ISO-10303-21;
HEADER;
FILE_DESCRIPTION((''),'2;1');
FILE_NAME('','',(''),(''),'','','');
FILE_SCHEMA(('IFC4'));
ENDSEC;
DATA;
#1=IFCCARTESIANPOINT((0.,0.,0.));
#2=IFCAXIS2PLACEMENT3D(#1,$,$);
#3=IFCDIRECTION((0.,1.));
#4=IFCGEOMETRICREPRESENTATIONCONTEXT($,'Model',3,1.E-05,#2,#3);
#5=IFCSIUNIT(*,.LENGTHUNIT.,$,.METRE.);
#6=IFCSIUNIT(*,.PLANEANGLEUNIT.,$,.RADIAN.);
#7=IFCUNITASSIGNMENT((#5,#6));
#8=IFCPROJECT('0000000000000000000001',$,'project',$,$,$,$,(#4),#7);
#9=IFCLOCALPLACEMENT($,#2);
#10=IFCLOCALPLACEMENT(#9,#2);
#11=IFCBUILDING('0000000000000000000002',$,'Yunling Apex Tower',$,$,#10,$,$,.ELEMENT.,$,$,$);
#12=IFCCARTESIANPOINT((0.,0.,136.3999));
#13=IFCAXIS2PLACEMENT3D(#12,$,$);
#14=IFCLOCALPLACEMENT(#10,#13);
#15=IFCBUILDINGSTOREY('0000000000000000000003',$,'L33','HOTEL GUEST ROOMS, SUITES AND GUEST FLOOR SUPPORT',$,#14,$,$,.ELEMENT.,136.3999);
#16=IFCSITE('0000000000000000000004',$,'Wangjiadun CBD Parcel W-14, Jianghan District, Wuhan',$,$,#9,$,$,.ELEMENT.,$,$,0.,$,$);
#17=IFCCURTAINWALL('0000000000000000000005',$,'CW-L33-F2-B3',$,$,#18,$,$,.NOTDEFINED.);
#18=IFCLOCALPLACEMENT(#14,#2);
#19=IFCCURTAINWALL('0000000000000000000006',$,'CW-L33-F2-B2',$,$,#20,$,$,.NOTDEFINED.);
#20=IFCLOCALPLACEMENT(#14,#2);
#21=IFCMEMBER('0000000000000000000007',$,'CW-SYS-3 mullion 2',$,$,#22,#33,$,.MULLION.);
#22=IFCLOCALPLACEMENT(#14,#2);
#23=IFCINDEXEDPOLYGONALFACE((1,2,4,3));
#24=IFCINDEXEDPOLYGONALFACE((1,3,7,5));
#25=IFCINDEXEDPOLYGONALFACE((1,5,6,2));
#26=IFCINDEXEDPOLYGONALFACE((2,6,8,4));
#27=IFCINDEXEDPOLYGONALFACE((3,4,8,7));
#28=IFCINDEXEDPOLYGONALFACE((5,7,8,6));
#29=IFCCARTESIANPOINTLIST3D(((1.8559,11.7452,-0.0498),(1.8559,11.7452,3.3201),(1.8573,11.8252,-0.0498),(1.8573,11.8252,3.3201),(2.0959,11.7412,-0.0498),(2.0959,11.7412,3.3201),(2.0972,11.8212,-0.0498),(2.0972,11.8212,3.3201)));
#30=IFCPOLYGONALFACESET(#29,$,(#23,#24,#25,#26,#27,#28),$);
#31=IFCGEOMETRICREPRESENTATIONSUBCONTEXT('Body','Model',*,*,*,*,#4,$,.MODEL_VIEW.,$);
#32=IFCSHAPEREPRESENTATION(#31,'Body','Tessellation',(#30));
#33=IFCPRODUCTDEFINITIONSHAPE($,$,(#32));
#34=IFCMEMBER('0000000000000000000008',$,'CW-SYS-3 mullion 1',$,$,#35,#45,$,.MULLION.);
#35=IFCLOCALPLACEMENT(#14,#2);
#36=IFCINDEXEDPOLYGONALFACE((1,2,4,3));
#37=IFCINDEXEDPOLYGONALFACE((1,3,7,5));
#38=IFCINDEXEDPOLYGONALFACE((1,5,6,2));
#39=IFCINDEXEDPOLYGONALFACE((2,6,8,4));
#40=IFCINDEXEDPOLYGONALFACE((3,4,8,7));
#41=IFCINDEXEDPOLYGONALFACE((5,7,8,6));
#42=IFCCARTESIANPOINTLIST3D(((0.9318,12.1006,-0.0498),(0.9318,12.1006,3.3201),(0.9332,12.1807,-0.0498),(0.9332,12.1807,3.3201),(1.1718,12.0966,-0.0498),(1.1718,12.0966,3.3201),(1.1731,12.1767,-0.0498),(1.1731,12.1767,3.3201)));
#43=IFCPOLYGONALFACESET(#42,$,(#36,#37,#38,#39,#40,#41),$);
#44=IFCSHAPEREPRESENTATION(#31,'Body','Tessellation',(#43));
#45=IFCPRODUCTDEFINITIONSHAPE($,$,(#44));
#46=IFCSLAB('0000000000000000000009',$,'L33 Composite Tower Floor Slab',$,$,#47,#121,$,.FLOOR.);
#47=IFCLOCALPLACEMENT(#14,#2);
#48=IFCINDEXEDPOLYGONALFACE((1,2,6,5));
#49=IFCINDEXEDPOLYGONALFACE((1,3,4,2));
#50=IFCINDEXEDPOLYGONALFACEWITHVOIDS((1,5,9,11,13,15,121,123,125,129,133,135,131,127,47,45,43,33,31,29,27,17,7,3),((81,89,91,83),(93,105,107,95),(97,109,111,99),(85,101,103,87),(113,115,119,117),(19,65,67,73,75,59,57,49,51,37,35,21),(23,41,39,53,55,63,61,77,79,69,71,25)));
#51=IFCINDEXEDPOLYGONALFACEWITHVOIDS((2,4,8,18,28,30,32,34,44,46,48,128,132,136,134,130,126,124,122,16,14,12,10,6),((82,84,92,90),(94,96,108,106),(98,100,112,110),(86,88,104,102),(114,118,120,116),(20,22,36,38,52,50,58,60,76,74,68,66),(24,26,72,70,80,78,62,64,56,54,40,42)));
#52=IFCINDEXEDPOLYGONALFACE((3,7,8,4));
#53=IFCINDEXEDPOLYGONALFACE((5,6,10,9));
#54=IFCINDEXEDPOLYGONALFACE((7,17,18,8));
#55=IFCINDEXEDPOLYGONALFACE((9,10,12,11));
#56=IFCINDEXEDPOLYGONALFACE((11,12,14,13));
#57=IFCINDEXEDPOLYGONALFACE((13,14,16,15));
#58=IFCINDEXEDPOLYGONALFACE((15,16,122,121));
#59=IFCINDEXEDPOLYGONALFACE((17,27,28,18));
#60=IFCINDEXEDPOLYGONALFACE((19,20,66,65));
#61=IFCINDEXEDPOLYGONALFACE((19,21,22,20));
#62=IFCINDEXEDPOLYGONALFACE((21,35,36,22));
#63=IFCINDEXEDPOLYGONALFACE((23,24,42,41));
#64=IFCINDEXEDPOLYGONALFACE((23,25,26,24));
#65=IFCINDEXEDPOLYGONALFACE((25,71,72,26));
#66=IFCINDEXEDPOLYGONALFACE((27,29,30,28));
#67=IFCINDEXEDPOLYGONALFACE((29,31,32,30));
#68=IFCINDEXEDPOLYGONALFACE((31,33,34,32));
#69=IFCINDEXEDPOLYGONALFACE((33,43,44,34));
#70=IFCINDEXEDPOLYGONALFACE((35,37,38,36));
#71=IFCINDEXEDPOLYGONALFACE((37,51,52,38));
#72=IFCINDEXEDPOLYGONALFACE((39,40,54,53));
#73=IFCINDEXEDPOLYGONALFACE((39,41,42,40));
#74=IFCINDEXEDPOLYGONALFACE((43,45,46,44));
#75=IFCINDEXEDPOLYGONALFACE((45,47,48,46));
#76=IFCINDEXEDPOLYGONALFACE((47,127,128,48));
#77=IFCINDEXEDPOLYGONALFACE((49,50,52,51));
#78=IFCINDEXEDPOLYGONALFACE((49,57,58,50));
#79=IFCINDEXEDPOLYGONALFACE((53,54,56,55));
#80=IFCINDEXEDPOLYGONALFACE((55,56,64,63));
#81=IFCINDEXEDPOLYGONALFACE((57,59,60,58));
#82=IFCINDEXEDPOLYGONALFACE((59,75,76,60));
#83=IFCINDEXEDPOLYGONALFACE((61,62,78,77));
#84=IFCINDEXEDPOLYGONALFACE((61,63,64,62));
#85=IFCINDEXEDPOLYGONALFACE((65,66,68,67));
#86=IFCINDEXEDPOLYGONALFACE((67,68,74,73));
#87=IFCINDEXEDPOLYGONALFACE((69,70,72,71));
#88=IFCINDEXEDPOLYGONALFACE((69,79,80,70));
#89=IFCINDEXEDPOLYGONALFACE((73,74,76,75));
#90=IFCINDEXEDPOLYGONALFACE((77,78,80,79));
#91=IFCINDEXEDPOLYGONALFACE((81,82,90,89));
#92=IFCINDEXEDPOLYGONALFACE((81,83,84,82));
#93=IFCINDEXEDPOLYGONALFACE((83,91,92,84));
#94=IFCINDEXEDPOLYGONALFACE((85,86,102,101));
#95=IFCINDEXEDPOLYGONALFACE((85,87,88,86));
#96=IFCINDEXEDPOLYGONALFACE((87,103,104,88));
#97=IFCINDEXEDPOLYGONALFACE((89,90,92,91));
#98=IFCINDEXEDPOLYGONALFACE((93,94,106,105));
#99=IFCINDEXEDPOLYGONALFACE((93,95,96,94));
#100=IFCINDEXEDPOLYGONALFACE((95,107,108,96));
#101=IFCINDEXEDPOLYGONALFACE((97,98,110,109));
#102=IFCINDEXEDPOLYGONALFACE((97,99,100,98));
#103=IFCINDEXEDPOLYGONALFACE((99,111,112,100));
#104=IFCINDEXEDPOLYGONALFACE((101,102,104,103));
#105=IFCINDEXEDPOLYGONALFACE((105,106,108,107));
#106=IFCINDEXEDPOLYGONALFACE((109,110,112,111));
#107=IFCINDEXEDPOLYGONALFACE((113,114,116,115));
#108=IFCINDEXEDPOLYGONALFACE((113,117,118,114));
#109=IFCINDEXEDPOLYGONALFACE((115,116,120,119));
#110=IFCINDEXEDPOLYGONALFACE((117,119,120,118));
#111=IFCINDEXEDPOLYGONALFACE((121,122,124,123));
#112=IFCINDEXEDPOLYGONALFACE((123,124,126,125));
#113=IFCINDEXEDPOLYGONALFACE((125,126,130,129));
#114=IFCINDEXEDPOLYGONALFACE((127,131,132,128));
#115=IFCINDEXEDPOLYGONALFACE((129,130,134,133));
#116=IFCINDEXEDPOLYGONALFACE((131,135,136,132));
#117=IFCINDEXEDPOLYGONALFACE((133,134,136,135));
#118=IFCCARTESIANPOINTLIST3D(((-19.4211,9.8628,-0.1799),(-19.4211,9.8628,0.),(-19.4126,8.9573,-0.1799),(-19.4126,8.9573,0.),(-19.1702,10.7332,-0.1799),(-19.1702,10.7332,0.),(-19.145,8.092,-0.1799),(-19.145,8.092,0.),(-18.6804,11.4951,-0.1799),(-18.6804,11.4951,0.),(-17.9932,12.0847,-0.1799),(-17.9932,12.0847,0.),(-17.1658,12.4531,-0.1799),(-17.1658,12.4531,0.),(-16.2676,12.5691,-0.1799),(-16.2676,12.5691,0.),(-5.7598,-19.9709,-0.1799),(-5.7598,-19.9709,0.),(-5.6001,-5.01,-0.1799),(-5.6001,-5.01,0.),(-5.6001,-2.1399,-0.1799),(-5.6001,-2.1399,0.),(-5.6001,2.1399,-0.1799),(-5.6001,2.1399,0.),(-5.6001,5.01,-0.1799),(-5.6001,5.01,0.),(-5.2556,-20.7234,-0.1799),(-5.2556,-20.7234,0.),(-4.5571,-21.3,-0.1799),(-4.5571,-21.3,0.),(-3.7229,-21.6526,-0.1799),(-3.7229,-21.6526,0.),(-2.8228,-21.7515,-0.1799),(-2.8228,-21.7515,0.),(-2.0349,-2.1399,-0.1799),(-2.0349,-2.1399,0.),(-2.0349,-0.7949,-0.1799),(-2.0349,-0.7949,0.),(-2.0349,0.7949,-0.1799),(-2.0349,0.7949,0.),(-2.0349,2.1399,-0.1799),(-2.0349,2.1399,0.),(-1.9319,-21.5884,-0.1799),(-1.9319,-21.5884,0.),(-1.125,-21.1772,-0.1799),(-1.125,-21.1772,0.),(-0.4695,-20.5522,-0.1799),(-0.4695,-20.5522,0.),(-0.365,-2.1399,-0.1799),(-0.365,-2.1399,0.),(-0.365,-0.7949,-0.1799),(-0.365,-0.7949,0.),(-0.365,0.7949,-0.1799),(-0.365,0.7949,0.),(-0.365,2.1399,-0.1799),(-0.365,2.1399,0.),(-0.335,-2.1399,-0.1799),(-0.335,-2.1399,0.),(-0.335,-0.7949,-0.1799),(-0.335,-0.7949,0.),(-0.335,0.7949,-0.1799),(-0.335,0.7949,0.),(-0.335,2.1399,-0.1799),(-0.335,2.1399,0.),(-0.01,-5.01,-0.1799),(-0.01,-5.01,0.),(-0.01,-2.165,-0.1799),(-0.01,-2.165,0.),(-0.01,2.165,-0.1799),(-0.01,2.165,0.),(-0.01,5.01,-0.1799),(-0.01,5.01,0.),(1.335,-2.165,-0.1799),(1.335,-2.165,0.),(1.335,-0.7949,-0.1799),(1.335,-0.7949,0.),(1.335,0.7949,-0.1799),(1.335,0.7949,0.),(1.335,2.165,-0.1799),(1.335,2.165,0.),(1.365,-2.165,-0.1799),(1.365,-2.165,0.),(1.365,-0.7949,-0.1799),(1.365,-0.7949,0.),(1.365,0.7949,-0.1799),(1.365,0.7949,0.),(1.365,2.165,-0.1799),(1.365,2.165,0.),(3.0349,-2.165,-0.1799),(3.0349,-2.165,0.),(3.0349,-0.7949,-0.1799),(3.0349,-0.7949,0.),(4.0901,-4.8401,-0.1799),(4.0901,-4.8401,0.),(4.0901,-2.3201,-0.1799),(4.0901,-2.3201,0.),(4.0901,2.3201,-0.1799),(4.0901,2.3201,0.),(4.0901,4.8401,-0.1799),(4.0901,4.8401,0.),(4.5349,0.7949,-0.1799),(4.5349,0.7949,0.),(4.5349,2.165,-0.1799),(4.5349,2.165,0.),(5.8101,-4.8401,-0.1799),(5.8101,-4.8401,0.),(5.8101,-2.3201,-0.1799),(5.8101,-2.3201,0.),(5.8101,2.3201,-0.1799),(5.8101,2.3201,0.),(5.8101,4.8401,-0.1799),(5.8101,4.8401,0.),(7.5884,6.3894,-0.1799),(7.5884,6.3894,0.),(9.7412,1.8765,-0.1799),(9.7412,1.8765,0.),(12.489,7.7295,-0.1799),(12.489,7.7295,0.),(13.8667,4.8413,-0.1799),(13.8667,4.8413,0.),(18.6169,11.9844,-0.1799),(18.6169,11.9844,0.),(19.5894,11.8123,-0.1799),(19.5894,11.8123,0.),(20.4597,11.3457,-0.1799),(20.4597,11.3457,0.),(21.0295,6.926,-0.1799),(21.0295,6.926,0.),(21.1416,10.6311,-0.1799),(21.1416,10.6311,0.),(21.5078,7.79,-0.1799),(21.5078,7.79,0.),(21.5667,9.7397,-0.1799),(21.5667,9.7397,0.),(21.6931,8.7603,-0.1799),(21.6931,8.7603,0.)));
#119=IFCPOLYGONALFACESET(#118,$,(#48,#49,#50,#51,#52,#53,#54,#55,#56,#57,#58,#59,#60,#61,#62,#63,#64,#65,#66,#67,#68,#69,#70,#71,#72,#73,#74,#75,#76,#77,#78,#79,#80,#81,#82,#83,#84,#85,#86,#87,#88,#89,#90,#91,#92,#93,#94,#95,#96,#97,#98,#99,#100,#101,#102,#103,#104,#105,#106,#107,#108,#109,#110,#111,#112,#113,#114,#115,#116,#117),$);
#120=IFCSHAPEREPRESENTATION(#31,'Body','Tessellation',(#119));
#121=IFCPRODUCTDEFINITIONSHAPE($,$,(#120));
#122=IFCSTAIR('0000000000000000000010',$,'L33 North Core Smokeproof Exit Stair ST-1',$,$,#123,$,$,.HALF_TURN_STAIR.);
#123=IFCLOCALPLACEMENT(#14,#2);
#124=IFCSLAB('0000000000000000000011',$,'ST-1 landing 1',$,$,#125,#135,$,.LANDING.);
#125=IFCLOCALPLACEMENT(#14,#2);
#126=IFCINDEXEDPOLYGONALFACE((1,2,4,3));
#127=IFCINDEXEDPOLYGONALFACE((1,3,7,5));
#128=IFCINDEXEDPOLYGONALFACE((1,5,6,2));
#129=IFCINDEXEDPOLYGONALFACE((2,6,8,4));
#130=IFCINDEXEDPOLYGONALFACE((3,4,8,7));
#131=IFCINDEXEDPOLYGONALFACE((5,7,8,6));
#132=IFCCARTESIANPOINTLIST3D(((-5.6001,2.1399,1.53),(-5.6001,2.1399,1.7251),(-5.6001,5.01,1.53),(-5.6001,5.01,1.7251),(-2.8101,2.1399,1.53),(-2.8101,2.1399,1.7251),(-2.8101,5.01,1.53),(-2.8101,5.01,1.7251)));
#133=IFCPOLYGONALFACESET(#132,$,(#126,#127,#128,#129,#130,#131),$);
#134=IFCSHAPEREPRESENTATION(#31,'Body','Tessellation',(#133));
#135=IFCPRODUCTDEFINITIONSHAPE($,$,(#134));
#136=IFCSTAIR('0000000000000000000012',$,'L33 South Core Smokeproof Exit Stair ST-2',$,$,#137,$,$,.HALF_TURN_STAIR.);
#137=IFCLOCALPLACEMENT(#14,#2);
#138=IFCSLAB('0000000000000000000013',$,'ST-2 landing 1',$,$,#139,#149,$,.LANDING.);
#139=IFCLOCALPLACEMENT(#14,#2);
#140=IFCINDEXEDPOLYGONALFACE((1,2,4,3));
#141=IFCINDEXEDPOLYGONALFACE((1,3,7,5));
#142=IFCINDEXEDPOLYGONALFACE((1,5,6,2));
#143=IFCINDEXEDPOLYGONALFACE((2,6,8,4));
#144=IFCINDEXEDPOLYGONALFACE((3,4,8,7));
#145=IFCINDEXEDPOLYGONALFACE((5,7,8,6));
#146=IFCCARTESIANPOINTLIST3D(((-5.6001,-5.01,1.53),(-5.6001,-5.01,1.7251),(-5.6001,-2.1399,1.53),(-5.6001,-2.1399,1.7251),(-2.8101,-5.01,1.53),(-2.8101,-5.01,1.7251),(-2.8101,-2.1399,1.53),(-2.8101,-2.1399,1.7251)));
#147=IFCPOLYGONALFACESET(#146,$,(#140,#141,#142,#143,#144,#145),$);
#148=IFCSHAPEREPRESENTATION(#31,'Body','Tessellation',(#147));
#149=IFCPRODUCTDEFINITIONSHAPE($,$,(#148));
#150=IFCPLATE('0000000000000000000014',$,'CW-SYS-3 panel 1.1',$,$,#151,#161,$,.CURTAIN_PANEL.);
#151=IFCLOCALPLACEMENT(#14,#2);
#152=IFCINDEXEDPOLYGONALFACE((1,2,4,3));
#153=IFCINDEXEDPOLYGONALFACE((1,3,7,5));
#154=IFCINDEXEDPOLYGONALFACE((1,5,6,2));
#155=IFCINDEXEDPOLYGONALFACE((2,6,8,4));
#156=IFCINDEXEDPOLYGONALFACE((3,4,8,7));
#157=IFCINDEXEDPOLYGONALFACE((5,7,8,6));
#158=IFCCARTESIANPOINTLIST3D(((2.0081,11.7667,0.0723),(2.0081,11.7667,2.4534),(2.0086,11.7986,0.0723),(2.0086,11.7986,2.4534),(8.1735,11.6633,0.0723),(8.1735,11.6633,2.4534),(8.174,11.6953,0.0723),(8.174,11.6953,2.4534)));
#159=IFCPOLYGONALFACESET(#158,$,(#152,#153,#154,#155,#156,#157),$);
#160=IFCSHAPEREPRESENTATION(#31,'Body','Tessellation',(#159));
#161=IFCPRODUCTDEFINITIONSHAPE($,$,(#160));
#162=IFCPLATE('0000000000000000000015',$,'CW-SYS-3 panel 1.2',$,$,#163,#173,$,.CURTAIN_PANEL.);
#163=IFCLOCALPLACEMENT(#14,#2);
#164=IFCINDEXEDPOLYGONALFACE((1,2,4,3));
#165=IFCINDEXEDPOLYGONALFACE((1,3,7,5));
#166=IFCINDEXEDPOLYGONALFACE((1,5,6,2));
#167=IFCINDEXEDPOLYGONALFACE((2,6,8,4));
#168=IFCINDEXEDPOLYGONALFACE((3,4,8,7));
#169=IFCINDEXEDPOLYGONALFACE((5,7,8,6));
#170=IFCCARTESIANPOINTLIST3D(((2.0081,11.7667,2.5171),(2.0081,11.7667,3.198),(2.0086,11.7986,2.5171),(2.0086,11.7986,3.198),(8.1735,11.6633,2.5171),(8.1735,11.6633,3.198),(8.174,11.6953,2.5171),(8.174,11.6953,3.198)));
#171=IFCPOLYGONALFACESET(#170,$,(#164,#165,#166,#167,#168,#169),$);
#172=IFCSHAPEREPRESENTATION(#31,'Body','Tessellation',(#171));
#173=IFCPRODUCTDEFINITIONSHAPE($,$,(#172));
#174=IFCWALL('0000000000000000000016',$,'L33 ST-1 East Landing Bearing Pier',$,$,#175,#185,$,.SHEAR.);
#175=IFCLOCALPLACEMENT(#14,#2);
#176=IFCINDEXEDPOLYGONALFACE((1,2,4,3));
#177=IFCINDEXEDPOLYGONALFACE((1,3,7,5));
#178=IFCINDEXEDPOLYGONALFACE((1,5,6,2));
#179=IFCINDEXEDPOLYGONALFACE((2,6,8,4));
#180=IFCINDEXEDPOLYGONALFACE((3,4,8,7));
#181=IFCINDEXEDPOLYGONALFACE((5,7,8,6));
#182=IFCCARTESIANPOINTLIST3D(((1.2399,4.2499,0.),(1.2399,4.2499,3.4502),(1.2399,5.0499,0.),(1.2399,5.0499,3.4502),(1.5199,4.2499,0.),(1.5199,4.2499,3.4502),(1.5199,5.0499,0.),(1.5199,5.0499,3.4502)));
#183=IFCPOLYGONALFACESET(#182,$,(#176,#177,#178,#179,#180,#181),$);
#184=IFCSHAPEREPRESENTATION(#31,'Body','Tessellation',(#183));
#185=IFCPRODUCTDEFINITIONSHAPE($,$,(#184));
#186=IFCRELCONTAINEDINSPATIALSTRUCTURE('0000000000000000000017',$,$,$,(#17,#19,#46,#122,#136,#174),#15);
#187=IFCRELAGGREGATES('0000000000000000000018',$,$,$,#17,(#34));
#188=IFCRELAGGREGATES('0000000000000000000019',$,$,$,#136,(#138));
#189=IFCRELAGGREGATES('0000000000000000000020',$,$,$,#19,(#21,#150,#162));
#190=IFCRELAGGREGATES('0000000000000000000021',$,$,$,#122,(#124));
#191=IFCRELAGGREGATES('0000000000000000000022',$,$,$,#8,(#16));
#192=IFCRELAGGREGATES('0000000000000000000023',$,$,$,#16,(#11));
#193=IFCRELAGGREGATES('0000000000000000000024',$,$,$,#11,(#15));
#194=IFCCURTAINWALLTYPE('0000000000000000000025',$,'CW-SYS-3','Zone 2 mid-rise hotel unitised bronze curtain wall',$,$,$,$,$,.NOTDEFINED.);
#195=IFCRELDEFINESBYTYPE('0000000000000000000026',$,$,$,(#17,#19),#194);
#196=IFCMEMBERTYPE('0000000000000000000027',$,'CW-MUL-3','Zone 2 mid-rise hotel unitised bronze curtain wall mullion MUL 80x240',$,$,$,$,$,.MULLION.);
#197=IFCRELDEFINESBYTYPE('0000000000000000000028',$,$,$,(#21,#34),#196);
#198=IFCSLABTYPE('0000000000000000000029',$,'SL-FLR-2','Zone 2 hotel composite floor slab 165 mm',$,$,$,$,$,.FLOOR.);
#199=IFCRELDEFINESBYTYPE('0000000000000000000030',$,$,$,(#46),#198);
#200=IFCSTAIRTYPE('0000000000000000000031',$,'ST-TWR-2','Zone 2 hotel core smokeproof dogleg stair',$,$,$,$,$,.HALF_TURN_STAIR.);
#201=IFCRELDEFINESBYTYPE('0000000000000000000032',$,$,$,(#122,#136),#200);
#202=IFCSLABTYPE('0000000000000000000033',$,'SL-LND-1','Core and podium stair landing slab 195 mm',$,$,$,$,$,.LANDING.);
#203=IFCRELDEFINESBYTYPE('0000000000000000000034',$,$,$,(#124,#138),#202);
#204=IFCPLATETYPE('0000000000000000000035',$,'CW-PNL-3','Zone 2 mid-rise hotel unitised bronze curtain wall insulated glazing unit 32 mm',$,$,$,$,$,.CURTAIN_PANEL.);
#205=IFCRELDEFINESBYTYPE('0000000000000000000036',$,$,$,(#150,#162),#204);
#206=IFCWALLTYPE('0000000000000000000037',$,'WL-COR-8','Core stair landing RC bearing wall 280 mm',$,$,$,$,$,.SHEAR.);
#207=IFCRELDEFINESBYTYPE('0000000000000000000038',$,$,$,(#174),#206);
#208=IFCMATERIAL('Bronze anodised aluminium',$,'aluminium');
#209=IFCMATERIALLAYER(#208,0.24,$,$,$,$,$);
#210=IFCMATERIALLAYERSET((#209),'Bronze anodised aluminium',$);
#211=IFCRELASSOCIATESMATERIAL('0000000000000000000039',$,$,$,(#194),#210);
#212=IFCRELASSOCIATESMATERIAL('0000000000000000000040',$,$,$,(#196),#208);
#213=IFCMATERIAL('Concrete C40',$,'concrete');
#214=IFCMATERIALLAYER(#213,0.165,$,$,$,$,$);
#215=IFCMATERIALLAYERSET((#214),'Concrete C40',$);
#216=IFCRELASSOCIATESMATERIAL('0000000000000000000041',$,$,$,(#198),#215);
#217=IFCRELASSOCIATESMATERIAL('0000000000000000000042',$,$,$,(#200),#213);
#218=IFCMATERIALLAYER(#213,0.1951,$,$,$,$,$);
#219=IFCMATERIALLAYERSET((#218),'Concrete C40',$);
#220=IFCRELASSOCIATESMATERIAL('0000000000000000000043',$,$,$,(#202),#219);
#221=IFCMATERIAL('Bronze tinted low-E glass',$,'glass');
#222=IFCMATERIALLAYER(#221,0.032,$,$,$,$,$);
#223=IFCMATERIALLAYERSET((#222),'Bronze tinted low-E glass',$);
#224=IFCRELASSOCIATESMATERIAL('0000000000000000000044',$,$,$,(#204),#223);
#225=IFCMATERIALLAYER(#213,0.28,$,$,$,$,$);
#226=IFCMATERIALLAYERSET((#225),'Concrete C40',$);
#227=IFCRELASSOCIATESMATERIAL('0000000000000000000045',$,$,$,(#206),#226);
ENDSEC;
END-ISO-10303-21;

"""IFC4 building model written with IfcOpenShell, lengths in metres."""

from ifc_helpers import new_model, si_unit, direction, frame, frame_2d, origin, origin_2d, place, context, subcontext, project, spatial, polyline, rectangle, outline, extrude, source, transform, mapped, material, layer, layer_set, material_profile, profile_set, type_object, element, aggregate, save


model = new_model("IFC4")

# Units and contexts
model_context = context("Model", 3, precision=1e-05, world=origin(), true_north=direction((0.0, 1.0)))
body_context = subcontext(model_context, "Body", "Model", "MODEL_VIEW")
ifc_project = project(units=[si_unit("LENGTHUNIT", "METRE"), si_unit("PLANEANGLEUNIT", "RADIAN")], contexts=[model_context])

# Site, building, storey
site_placement = place(None, origin())
site = spatial("IfcSite", under=ifc_project, at=site_placement, Name="Wangjiadun CBD Parcel W-14, Jianghan District, Wuhan", CompositionType="ELEMENT", RefElevation=0.0)
building_placement = place(site_placement, origin())
building = spatial("IfcBuilding", under=site, at=building_placement, Name="Yunling Apex Tower", CompositionType="ELEMENT")
storey_placement = place(building_placement, frame((0.0, 0.0, 136.3999)))
storey = spatial("IfcBuildingStorey", under=building, at=storey_placement, Name="L33", Description="HOTEL GUEST ROOMS, SUITES AND GUEST FLOOR SUPPORT", CompositionType="ELEMENT", Elevation=136.3999)

# Curtain wall
ifc_material_1 = material(Name="Bronze anodised aluminium", Category="aluminium")
ifc_layer_1 = layer(ifc_material_1, 0.24)
ifc_layer_set_1 = layer_set([ifc_layer_1], Name="Bronze anodised aluminium")
curtain_wall_type = type_object("IfcCurtainWallType", Name="CW-SYS-3", Description="Zone 2 mid-rise hotel unitised bronze curtain wall", PredefinedType="NOTDEFINED", material=ifc_layer_set_1)
curtain_wall_1_placement = place(storey_placement, origin())
curtain_wall_1 = element("IfcCurtainWall", 1, at=curtain_wall_1_placement, inside=storey, type_object=curtain_wall_type, Name="CW-L33-F2-B3", PredefinedType="NOTDEFINED")

# Curtain wall, member
curtain_wall_2_placement = place(storey_placement, origin())
curtain_wall_2 = element("IfcCurtainWall", 2, at=curtain_wall_2_placement, inside=storey, type_object=curtain_wall_type, Name="CW-L33-F2-B2", PredefinedType="NOTDEFINED")
ifc_material_profile_1 = material_profile(ifc_material_1, rectangle(XDim=0.0801, YDim=0.24, at=origin_2d()))
ifc_profile_set_1 = profile_set([ifc_material_profile_1], Name="Bronze anodised aluminium")
member_type_1 = type_object("IfcMemberType", Name="CW-MUL-3", Description="Zone 2 mid-rise hotel unitised bronze curtain wall mullion MUL 80x240", PredefinedType="MULLION", material=ifc_profile_set_1)
shared_shape_1 = source(origin(), body_context, "Body", "SweptSolid", [
    extrude(rectangle(XDim=0.0801, YDim=0.24, at=origin_2d()), origin(), (0.0, 0.0, 1.0), 3.3699),
])
member_1_placement = place(storey_placement, frame((1.9766, 11.7832, -0.0498), z_axis=(0.0, 0.0, 1.0), x_axis=(-0.016767, -0.999859, 0.0)))
member_1 = element("IfcMember", 3, at=member_1_placement, type_object=member_type_1, Name="CW-SYS-3 mullion 2", PredefinedType="MULLION", context=body_context, shape_type="MappedRepresentation", body=[
    mapped(shared_shape_1, transform((0.0, 0.0, 0.0), scale=1.0)),
])

# Member
member_2_placement = place(storey_placement, frame((1.0525, 12.1387, -0.0498), z_axis=(0.0, 0.0, 1.0), x_axis=(-0.016762, -0.99986, 0.0)))
member_2 = element("IfcMember", 4, at=member_2_placement, type_object=member_type_1, Name="CW-SYS-3 mullion 1", PredefinedType="MULLION", context=body_context, shape_type="MappedRepresentation", body=[
    mapped(shared_shape_1, transform((0.0, 0.0, 0.0), scale=1.0)),
])
aggregate(curtain_wall_1, [member_2])

# Slab
ifc_material_2 = material(Name="Concrete C40", Category="concrete")
ifc_layer_2 = layer(ifc_material_2, 0.165)
ifc_layer_set_2 = layer_set([ifc_layer_2], Name="Concrete C40")
slab_type_1 = type_object("IfcSlabType", Name="SL-FLR-2", Description="Zone 2 hotel composite floor slab 165 mm", PredefinedType="FLOOR", material=ifc_layer_set_2)
slab_1_placement = place(storey_placement, frame((0.0, 0.0, -0.1799)))
element("IfcSlab", 5, at=slab_1_placement, inside=storey, type_object=slab_type_1, Name="L33 Composite Tower Floor Slab", PredefinedType="FLOOR", context=body_context, shape_type="SweptSolid", body=[
    extrude(outline(polyline([(-5.7598, -19.9709), (-5.2556, -20.7234), (-4.5571, -21.3), (-3.7229, -21.6526), (-2.8228, -21.7515), (-1.9319, -21.5884), (-1.125, -21.1772), (-0.4695, -20.5522), (21.0295, 6.926), (21.5078, 7.79), (21.6931, 8.7603), (21.5667, 9.7397), (21.1416, 10.6311), (20.4597, 11.3457), (19.5894, 11.8123), (18.6169, 11.9844), (-16.2676, 12.5691), (-17.1658, 12.4531), (-17.9932, 12.0847), (-18.6804, 11.4951), (-19.1702, 10.7332), (-19.4211, 9.8628), (-19.4126, 8.9573), (-19.145, 8.092), (-5.7598, -19.9709)]), holes=[polyline([(12.489, 7.7295), (13.8667, 4.8413), (9.7412, 1.8765), (7.5884, 6.3894), (12.489, 7.7295)]), polyline([(4.0901, -2.3201), (5.8101, -2.3201), (5.8101, -4.8401), (4.0901, -4.8401), (4.0901, -2.3201)]), polyline([(5.8101, 4.8401), (5.8101, 2.3201), (4.0901, 2.3201), (4.0901, 4.8401), (5.8101, 4.8401)]), polyline([(1.365, 2.165), (4.5349, 2.165), (4.5349, 0.7949), (1.365, 0.7949), (1.365, 2.165)]), polyline([(3.0349, -0.7949), (3.0349, -2.165), (1.365, -2.165), (1.365, -0.7949), (3.0349, -0.7949)]), polyline([(-2.0349, -0.7949), (-0.365, -0.7949), (-0.365, -2.1399), (-0.335, -2.1399), (-0.335, -0.7949), (1.335, -0.7949), (1.335, -2.165), (-0.01, -2.165), (-0.01, -5.01), (-5.6001, -5.01), (-5.6001, -2.1399), (-2.0349, -2.1399), (-2.0349, -0.7949)]), polyline([(-5.6001, 2.1399), (-5.6001, 5.01), (-0.01, 5.01), (-0.01, 2.165), (1.335, 2.165), (1.335, 0.7949), (-0.335, 0.7949), (-0.335, 2.1399), (-0.365, 2.1399), (-0.365, 0.7949), (-2.0349, 0.7949), (-2.0349, 2.1399), (-5.6001, 2.1399)])]), origin(), (0.0, 0.0, 1.0), 0.1799),
])

# Stairs, slabs
stair_type = type_object("IfcStairType", Name="ST-TWR-2", Description="Zone 2 hotel core smokeproof dogleg stair", PredefinedType="HALF_TURN_STAIR", material=ifc_material_2)
stair_1_placement = place(storey_placement, origin())
stair_1 = element("IfcStair", 6, at=stair_1_placement, inside=storey, type_object=stair_type, Name="L33 North Core Smokeproof Exit Stair ST-1", PredefinedType="HALF_TURN_STAIR")
ifc_layer_3 = layer(ifc_material_2, 0.1951)
ifc_layer_set_3 = layer_set([ifc_layer_3], Name="Concrete C40")
slab_type_2 = type_object("IfcSlabType", Name="SL-LND-1", Description="Core and podium stair landing slab 195 mm", PredefinedType="LANDING", material=ifc_layer_set_3)
slab_2_placement = place(storey_placement, frame((0.0, 0.0, 1.53)))
slab_2 = element("IfcSlab", 7, at=slab_2_placement, type_object=slab_type_2, Name="ST-1 landing 1", PredefinedType="LANDING", context=body_context, shape_type="SweptSolid", body=[
    extrude(outline(polyline([(-2.8101, 5.01), (-5.6001, 5.01), (-5.6001, 2.1399), (-2.8101, 2.1399), (-2.8101, 5.01)])), origin(), (0.0, 0.0, 1.0), 0.1951),
])
stair_2_placement = place(storey_placement, origin())
stair_2 = element("IfcStair", 8, at=stair_2_placement, inside=storey, type_object=stair_type, Name="L33 South Core Smokeproof Exit Stair ST-2", PredefinedType="HALF_TURN_STAIR")
slab_3_placement = place(storey_placement, frame((0.0, 0.0, 1.53)))
slab_3 = element("IfcSlab", 9, at=slab_3_placement, type_object=slab_type_2, Name="ST-2 landing 1", PredefinedType="LANDING", context=body_context, shape_type="SweptSolid", body=[
    extrude(outline(polyline([(-2.8101, -2.1399), (-5.6001, -2.1399), (-5.6001, -5.01), (-2.8101, -5.01), (-2.8101, -2.1399)])), origin(), (0.0, 0.0, 1.0), 0.1951),
])
aggregate(stair_2, [slab_3])

# Plates
ifc_material_3 = material(Name="Bronze tinted low-E glass", Category="glass")
ifc_layer_4 = layer(ifc_material_3, 0.032)
ifc_layer_set_4 = layer_set([ifc_layer_4], Name="Bronze tinted low-E glass")
plate_type = type_object("IfcPlateType", Name="CW-PNL-3", Description="Zone 2 mid-rise hotel unitised bronze curtain wall insulated glazing unit 32 mm", PredefinedType="CURTAIN_PANEL", material=ifc_layer_set_4)
shared_shape_2 = source(origin(), body_context, "Body", "SweptSolid", [
    extrude(rectangle(XDim=6.1663, YDim=0.032, at=origin_2d()), origin(), (0.0, 0.0, 1.0), 2.3811),
])
plate_1_placement = place(storey_placement, frame((5.0911, 11.731, 0.0723), z_axis=(0.0, 0.0, 1.0), x_axis=(-0.999859, 0.016767, 0.0)))
plate_1 = element("IfcPlate", 10, at=plate_1_placement, type_object=plate_type, Name="CW-SYS-3 panel 1.1", PredefinedType="CURTAIN_PANEL", context=body_context, shape_type="MappedRepresentation", body=[
    mapped(shared_shape_2, transform((0.0, 0.0, 0.0), scale=1.0)),
])
shared_shape_3 = source(origin(), body_context, "Body", "SweptSolid", [
    extrude(rectangle(XDim=6.1663, YDim=0.032, at=origin_2d()), origin(), (0.0, 0.0, 1.0), 0.6809),
])
plate_2_placement = place(storey_placement, frame((5.0911, 11.731, 2.5171), z_axis=(0.0, 0.0, 1.0), x_axis=(-0.999859, 0.016767, 0.0)))
plate_2 = element("IfcPlate", 11, at=plate_2_placement, type_object=plate_type, Name="CW-SYS-3 panel 1.2", PredefinedType="CURTAIN_PANEL", context=body_context, shape_type="MappedRepresentation", body=[
    mapped(shared_shape_3, transform((0.0, 0.0, 0.0), scale=1.0)),
])
aggregate(curtain_wall_2, [member_1, plate_1, plate_2])

# Wall
ifc_layer_5 = layer(ifc_material_2, 0.28)
ifc_layer_set_5 = layer_set([ifc_layer_5], Name="Concrete C40")
wall_type_1 = type_object("IfcWallType", Name="WL-COR-8", Description="Core stair landing RC bearing wall 280 mm", PredefinedType="SHEAR", material=ifc_layer_set_5)
wall_1_placement = place(storey_placement, frame((1.3799, 4.25, 0.0), z_axis=(0.0, 0.0, 1.0), x_axis=(0.0, 1.0, 0.0)))
element("IfcWall", 12, at=wall_1_placement, inside=storey, type_object=wall_type_1, Name="L33 ST-1 East Landing Bearing Pier", PredefinedType="SHEAR", context=body_context, shape_type="SweptSolid", body=[
    extrude(rectangle(XDim=0.8, YDim=0.28, at=frame_2d((0.3999, 0.0))), origin(), (0.0, 0.0, 1.0), 3.4502),
])

aggregate(stair_1, [slab_2])

save(model, "model.ifc")
